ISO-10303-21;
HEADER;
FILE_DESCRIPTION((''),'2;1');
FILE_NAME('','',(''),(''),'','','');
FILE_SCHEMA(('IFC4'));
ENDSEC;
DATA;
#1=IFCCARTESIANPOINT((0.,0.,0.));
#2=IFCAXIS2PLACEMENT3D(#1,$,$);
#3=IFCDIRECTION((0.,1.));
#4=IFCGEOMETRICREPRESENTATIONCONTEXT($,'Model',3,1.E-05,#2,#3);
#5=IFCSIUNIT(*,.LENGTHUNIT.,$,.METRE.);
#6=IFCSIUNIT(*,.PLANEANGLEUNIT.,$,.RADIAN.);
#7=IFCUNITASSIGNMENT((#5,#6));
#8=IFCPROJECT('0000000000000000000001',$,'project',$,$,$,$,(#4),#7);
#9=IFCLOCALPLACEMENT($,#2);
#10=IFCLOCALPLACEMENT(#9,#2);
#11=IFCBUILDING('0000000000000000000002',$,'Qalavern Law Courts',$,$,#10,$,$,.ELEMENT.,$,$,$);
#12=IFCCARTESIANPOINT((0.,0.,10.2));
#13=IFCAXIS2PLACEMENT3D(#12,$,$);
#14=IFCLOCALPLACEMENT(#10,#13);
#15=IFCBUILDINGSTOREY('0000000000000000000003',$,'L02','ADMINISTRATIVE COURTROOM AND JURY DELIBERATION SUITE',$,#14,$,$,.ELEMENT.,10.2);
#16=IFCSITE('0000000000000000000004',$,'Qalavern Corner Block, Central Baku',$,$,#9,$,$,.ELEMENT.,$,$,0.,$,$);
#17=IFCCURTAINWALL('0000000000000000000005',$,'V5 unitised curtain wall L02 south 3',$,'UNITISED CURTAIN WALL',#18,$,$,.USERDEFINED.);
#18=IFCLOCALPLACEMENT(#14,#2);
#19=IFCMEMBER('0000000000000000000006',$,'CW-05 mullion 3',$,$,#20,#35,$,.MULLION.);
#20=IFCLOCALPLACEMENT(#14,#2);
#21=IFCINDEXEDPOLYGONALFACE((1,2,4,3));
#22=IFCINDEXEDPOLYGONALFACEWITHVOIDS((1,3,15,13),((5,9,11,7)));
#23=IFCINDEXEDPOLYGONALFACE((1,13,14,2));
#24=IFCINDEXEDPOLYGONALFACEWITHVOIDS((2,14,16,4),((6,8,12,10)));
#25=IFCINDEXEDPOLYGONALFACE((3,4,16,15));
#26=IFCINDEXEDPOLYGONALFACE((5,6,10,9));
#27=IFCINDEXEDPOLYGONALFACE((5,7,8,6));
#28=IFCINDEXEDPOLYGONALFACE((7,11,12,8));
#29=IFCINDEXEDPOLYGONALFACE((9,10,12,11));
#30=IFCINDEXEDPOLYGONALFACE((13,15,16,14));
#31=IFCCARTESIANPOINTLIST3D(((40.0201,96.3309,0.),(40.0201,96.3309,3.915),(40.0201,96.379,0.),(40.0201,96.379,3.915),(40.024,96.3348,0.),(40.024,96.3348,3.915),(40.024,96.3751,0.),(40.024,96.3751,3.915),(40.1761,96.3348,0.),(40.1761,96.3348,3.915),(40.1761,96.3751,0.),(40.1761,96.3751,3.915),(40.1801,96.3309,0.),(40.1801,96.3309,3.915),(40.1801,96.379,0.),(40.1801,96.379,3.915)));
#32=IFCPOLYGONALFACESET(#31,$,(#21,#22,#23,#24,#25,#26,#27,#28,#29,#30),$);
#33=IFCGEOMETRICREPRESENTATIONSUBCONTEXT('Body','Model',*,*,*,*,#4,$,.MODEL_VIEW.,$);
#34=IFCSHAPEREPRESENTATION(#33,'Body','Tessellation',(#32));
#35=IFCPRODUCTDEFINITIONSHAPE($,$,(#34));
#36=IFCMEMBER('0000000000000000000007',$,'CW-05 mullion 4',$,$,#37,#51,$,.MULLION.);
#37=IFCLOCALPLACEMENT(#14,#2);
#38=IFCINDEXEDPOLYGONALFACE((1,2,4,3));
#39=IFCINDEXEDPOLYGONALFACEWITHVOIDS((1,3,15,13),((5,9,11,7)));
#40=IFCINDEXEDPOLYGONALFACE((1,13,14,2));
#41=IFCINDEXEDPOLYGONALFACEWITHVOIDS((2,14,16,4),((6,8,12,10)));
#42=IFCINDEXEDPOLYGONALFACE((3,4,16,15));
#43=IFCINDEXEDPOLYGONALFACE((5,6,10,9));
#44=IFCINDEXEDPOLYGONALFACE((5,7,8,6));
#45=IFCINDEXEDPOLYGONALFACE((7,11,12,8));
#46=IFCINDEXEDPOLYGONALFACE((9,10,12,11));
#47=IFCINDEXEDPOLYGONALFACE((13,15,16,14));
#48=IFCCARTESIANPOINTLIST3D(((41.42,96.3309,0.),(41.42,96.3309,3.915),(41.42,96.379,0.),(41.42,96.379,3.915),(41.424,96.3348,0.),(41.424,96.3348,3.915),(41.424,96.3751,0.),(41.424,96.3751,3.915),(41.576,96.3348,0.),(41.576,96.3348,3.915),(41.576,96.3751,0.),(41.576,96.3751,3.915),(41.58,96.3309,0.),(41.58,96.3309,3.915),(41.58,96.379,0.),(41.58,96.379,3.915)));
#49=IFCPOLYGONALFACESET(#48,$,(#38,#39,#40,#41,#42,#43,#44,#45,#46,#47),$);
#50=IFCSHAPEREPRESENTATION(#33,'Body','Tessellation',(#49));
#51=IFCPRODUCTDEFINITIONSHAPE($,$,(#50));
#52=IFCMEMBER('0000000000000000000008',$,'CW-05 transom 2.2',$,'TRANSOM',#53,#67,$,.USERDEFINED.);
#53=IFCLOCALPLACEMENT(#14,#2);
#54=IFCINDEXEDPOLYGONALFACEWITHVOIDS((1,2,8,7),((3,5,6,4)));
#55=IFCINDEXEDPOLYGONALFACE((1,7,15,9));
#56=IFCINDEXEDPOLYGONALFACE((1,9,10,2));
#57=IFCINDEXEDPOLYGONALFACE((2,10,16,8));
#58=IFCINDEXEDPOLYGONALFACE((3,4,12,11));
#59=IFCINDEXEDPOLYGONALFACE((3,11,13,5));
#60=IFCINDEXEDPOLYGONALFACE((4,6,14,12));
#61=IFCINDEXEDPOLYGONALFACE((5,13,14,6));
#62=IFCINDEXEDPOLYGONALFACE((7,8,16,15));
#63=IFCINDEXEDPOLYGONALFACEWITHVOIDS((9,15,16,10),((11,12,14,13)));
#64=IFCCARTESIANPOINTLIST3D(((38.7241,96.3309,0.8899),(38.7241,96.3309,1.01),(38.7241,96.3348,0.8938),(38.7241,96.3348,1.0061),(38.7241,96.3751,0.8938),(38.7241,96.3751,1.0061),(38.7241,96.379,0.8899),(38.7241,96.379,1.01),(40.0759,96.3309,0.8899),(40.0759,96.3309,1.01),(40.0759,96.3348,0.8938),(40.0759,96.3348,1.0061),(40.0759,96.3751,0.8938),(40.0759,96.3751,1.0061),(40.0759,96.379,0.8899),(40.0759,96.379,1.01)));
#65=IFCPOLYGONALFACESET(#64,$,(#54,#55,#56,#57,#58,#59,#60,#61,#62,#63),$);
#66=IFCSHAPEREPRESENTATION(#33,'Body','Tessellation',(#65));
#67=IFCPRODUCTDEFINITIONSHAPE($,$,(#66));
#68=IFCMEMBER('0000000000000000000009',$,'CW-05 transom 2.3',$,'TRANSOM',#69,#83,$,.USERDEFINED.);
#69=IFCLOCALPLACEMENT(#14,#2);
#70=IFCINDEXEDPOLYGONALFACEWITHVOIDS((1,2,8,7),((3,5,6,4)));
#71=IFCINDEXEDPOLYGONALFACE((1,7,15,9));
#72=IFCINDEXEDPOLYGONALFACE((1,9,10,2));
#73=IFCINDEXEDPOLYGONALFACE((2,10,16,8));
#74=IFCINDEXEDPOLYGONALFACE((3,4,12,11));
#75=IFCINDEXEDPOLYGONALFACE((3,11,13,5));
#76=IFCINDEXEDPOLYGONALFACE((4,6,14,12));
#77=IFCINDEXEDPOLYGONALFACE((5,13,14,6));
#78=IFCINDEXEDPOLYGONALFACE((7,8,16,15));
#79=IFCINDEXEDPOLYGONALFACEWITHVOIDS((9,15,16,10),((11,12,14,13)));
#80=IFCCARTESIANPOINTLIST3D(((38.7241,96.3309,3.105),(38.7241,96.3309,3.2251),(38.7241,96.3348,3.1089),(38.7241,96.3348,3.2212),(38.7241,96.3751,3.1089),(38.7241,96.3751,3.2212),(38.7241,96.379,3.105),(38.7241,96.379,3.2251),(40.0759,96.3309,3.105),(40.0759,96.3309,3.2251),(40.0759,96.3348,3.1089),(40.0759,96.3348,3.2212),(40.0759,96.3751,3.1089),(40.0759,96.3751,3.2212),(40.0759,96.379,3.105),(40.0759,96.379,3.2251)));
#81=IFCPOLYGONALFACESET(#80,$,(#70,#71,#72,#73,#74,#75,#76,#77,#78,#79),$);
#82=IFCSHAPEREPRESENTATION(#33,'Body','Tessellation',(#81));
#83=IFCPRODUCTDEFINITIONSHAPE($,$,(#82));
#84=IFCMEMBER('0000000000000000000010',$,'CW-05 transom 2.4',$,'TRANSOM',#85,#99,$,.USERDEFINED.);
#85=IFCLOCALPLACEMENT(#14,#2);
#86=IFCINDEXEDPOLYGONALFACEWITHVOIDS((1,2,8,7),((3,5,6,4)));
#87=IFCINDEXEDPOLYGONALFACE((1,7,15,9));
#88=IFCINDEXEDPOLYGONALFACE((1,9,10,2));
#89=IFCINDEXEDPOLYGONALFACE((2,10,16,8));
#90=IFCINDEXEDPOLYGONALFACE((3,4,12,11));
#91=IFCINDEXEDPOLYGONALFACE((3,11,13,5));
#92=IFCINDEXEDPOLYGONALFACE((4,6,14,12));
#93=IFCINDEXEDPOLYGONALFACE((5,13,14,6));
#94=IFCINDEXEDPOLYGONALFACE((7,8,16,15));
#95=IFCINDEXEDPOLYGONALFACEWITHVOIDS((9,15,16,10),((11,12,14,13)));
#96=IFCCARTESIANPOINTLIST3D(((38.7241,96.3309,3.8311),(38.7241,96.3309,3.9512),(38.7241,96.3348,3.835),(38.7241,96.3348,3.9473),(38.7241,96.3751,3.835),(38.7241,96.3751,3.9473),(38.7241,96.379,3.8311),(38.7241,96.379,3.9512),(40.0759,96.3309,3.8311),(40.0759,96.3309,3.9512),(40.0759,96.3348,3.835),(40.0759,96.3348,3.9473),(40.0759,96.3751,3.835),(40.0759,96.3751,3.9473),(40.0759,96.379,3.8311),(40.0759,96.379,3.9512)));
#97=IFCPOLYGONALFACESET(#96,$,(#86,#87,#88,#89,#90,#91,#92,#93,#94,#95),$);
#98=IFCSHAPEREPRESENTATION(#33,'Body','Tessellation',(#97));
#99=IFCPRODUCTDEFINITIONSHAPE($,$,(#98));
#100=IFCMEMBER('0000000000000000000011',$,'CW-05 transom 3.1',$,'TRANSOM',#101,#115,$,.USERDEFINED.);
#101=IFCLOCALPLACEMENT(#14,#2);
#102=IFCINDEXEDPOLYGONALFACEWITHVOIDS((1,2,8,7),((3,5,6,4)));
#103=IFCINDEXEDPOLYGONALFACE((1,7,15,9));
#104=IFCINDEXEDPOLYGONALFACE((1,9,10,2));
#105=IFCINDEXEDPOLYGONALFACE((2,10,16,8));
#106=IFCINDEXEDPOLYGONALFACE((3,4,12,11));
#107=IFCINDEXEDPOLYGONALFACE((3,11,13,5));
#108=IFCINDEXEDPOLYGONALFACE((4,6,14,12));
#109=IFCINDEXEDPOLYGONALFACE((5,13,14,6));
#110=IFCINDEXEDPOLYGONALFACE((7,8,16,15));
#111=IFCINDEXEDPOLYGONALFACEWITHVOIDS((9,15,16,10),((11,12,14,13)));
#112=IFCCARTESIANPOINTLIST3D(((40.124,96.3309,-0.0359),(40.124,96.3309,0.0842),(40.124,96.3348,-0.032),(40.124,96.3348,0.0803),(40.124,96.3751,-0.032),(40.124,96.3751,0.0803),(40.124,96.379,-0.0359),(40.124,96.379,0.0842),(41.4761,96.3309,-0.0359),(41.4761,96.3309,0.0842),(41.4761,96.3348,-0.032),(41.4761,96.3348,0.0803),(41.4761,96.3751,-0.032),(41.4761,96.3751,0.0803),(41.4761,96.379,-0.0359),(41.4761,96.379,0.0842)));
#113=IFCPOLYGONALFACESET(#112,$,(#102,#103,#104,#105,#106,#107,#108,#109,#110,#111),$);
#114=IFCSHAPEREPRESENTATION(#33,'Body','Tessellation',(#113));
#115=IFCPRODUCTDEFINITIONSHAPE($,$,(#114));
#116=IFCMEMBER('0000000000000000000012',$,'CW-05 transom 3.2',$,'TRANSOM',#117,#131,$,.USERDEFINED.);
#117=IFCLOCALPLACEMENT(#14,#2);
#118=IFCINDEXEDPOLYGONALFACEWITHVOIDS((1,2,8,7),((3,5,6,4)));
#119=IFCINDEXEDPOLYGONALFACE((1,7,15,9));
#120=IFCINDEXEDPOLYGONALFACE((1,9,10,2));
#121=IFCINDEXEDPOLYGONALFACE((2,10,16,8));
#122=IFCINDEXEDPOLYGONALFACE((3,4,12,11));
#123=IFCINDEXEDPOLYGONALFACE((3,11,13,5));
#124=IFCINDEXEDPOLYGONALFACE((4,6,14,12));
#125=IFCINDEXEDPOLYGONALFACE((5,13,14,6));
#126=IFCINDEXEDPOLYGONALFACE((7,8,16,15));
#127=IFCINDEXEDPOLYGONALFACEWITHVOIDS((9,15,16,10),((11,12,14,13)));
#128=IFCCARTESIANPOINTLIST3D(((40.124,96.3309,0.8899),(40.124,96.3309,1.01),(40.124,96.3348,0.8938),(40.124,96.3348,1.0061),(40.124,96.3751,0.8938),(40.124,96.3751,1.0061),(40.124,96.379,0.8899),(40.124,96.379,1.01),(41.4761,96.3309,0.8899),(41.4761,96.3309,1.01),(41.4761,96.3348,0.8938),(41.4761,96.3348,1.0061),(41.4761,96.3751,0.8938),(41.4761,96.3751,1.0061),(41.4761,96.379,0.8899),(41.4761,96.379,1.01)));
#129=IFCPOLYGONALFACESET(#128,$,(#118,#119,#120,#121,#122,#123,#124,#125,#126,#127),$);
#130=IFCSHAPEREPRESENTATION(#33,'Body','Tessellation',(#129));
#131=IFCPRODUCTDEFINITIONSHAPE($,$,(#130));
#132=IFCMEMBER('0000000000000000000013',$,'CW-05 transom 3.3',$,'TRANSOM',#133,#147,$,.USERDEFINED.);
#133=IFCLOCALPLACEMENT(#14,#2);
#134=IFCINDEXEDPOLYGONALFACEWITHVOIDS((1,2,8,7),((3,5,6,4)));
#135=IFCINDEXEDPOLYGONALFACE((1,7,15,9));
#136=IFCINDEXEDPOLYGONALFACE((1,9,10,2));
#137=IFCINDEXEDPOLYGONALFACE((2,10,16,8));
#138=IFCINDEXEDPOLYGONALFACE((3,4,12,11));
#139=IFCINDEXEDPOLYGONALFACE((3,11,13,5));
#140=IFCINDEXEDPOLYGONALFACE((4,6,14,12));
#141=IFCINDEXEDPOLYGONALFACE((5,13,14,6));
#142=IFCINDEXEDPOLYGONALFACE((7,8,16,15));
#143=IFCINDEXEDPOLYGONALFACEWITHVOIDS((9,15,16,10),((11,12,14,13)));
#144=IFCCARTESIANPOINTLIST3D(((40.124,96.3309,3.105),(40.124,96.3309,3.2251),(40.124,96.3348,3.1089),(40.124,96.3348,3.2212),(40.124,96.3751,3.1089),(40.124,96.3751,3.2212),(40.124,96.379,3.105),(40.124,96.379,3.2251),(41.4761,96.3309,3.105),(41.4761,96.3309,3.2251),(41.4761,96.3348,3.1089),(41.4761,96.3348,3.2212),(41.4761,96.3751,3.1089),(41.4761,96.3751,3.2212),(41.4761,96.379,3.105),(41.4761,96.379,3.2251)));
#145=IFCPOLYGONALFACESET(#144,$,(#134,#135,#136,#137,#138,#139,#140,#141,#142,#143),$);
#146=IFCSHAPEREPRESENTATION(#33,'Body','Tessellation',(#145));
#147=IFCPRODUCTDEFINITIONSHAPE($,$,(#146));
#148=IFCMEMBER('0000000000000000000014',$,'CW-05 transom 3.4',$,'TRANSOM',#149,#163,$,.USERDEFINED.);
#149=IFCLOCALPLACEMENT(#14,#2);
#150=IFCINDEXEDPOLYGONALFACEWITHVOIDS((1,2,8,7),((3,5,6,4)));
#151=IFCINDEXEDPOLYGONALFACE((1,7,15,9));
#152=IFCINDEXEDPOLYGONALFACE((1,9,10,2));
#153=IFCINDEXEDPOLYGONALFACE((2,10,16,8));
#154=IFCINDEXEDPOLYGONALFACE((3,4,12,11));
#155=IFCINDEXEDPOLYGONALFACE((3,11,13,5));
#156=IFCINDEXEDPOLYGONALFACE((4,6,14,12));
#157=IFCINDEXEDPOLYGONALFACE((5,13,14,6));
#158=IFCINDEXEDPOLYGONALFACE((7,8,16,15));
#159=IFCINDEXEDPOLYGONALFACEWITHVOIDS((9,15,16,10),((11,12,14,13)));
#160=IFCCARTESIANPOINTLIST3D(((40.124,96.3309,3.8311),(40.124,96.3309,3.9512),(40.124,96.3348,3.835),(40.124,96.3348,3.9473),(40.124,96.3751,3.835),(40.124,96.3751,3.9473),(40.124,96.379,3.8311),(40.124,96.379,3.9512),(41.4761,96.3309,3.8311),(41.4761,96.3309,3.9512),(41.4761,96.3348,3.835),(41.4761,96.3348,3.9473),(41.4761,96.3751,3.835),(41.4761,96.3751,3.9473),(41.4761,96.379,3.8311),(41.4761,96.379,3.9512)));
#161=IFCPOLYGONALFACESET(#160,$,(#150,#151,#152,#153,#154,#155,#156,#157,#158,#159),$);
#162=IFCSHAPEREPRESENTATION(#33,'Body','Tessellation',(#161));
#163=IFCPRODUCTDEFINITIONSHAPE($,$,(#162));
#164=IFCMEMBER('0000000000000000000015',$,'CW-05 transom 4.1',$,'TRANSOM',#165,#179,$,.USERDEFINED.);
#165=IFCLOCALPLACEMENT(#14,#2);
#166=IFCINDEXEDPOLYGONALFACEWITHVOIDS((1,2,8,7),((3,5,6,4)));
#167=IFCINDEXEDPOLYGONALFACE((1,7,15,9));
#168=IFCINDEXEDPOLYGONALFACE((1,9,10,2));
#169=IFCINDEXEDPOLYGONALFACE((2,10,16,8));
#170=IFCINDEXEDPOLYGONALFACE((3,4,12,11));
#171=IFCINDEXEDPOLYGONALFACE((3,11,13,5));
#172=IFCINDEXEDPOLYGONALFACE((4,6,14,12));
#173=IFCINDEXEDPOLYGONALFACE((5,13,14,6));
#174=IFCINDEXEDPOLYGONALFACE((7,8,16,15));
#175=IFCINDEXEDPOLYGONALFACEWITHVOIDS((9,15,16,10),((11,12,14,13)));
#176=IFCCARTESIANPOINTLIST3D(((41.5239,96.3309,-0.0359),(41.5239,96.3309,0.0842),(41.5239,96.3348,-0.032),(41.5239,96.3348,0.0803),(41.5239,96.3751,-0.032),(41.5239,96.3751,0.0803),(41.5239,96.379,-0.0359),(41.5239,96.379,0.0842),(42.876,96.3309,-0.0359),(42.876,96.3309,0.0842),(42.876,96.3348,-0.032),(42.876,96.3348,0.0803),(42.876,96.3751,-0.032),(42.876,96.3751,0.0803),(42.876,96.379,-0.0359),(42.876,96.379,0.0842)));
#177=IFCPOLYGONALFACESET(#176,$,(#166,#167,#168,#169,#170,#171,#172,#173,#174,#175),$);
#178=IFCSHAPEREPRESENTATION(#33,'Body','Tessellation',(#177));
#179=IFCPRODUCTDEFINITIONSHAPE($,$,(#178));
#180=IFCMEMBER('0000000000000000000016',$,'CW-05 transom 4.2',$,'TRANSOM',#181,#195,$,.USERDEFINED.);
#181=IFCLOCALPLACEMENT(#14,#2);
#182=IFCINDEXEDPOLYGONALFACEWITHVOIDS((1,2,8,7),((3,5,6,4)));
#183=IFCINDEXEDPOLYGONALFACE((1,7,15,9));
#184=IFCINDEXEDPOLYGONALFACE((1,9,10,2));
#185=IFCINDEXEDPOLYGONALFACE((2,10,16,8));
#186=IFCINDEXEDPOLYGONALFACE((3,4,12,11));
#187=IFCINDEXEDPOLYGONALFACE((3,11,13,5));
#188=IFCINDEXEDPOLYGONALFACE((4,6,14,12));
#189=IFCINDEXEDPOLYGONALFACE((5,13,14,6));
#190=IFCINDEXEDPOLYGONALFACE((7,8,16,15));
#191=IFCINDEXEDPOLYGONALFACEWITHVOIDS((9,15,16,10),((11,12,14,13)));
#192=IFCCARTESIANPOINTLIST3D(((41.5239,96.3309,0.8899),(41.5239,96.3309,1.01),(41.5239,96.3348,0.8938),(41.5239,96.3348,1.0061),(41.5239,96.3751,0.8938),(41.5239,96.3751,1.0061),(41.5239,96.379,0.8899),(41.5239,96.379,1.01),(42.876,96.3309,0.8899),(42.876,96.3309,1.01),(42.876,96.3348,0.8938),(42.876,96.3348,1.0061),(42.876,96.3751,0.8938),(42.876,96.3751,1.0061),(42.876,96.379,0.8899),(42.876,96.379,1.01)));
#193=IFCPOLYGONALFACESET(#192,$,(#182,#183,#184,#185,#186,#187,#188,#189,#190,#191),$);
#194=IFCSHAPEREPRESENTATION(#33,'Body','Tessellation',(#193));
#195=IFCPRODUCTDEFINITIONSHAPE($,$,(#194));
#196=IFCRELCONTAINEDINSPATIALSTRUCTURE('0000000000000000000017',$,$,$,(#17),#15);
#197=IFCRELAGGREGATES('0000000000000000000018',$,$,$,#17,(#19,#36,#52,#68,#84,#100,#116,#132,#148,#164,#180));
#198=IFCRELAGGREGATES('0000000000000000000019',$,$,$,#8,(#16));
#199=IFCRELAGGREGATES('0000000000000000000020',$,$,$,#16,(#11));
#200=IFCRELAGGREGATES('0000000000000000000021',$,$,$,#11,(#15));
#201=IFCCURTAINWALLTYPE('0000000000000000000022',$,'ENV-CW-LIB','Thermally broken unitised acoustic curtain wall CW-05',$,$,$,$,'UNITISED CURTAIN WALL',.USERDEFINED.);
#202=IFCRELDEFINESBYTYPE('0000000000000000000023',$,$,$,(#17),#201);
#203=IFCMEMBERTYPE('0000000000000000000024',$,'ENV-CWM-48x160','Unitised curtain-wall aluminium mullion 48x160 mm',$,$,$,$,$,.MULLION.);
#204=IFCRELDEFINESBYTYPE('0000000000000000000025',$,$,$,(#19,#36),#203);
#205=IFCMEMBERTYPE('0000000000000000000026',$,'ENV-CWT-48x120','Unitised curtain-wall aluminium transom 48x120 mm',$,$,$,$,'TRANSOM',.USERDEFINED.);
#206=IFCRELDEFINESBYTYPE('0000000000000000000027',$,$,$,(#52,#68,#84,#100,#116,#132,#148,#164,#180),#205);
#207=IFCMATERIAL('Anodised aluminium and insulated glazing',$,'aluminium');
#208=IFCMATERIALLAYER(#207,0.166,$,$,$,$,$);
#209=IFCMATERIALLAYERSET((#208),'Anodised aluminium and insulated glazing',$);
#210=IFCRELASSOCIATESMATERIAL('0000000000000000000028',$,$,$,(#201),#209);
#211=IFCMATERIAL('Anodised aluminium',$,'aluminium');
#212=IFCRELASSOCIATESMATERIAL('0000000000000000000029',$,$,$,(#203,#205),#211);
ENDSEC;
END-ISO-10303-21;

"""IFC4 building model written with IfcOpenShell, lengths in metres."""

from ifc_helpers import new_model, si_unit, direction, frame, origin, origin_2d, place, context, subcontext, project, spatial, hollow_rectangle, extrude, material, layer, layer_set, material_profile, profile_set, type_object, element, aggregate, save


model = new_model("IFC4")

# Units and contexts
model_context = context("Model", 3, precision=1e-05, world=origin(), true_north=direction((0.0, 1.0)))
body_context = subcontext(model_context, "Body", "Model", "MODEL_VIEW")
ifc_project = project(units=[si_unit("LENGTHUNIT", "METRE"), si_unit("PLANEANGLEUNIT", "RADIAN")], contexts=[model_context])

# Site, building, storey
site_placement = place(None, origin())
site = spatial("IfcSite", under=ifc_project, at=site_placement, Name="Qalavern Corner Block, Central Baku", CompositionType="ELEMENT", RefElevation=0.0)
building_placement = place(site_placement, origin())
building = spatial("IfcBuilding", under=site, at=building_placement, Name="Qalavern Law Courts", CompositionType="ELEMENT")
storey_placement = place(building_placement, frame((0.0, 0.0, 10.2)))
storey = spatial("IfcBuildingStorey", under=building, at=storey_placement, Name="L02", Description="ADMINISTRATIVE COURTROOM AND JURY DELIBERATION SUITE", CompositionType="ELEMENT", Elevation=10.2)

# Curtain wall, members
ifc_material_1 = material(Name="Anodised aluminium and insulated glazing", Category="aluminium")
ifc_layer_1 = layer(ifc_material_1, 0.166)
ifc_layer_set_1 = layer_set([ifc_layer_1], Name="Anodised aluminium and insulated glazing")
curtain_wall_type = type_object("IfcCurtainWallType", Name="ENV-CW-LIB", Description="Thermally broken unitised acoustic curtain wall CW-05", ElementType="UNITISED CURTAIN WALL", PredefinedType="USERDEFINED", material=ifc_layer_set_1)
curtain_wall_placement = place(storey_placement, origin())
curtain_wall = element("IfcCurtainWall", 1, at=curtain_wall_placement, inside=storey, type_object=curtain_wall_type, Name="V5 unitised curtain wall L02 south 3", ObjectType="UNITISED CURTAIN WALL", PredefinedType="USERDEFINED")
ifc_material_2 = material(Name="Anodised aluminium", Category="aluminium")
ifc_material_profile_1 = material_profile(ifc_material_2, hollow_rectangle(XDim=0.0481, YDim=0.1599, WallThickness=0.0039, at=origin_2d()), Name="ALU MULLION 48x160")
ifc_profile_set_1 = profile_set([ifc_material_profile_1], Name="Anodised aluminium")
member_type_1 = type_object("IfcMemberType", Name="ENV-CWM-48x160", Description="Unitised curtain-wall aluminium mullion 48x160 mm", PredefinedType="MULLION", material=ifc_profile_set_1)
member_1_placement = place(storey_placement, frame((40.1001, 96.355, 0.0), z_axis=(0.0, 0.0, 1.0), x_axis=(0.0, 1.0, 0.0)))
member_1 = element("IfcMember", 2, at=member_1_placement, type_object=member_type_1, Name="CW-05 mullion 3", PredefinedType="MULLION", context=body_context, shape_type="SweptSolid", body=[
    extrude(hollow_rectangle(XDim=0.0481, YDim=0.1599, WallThickness=0.0039, at=origin_2d()), origin(), (0.0, 0.0, 1.0), 3.915),
])
member_2_placement = place(storey_placement, frame((41.5, 96.355, 0.0), z_axis=(0.0, 0.0, 1.0), x_axis=(0.0, 1.0, 0.0)))
member_2 = element("IfcMember", 3, at=member_2_placement, type_object=member_type_1, Name="CW-05 mullion 4", PredefinedType="MULLION", context=body_context, shape_type="SweptSolid", body=[
    extrude(hollow_rectangle(XDim=0.0481, YDim=0.1599, WallThickness=0.0039, at=origin_2d()), origin(), (0.0, 0.0, 1.0), 3.915),
])
ifc_material_profile_2 = material_profile(ifc_material_2, hollow_rectangle(XDim=0.0481, YDim=0.1201, WallThickness=0.0039, at=origin_2d()), Name="ALU TRANSOM 48x120")
ifc_profile_set_2 = profile_set([ifc_material_profile_2], Name="Anodised aluminium")
member_type_2 = type_object("IfcMemberType", Name="ENV-CWT-48x120", Description="Unitised curtain-wall aluminium transom 48x120 mm", ElementType="TRANSOM", PredefinedType="USERDEFINED", material=ifc_profile_set_2)
member_3_placement = place(storey_placement, frame((38.7241, 96.355, 0.95), z_axis=(1.0, 0.0, 0.0), x_axis=(0.0, 1.0, 0.0)))
member_3 = element("IfcMember", 4, at=member_3_placement, type_object=member_type_2, Name="CW-05 transom 2.2", ObjectType="TRANSOM", PredefinedType="USERDEFINED", context=body_context, shape_type="SweptSolid", body=[
    extrude(hollow_rectangle(XDim=0.0481, YDim=0.1201, WallThickness=0.0039, at=origin_2d()), origin(), (0.0, 0.0, 1.0), 1.3518),
])
member_4_placement = place(storey_placement, frame((38.7241, 96.355, 3.165), z_axis=(1.0, 0.0, 0.0), x_axis=(0.0, 1.0, 0.0)))
member_4 = element("IfcMember", 5, at=member_4_placement, type_object=member_type_2, Name="CW-05 transom 2.3", ObjectType="TRANSOM", PredefinedType="USERDEFINED", context=body_context, shape_type="SweptSolid", body=[
    extrude(hollow_rectangle(XDim=0.0481, YDim=0.1201, WallThickness=0.0039, at=origin_2d()), origin(), (0.0, 0.0, 1.0), 1.3518),
])
member_5_placement = place(storey_placement, frame((38.7241, 96.355, 3.8911), z_axis=(1.0, 0.0, 0.0), x_axis=(0.0, 1.0, 0.0)))
member_5 = element("IfcMember", 6, at=member_5_placement, type_object=member_type_2, Name="CW-05 transom 2.4", ObjectType="TRANSOM", PredefinedType="USERDEFINED", context=body_context, shape_type="SweptSolid", body=[
    extrude(hollow_rectangle(XDim=0.0481, YDim=0.1201, WallThickness=0.0039, at=origin_2d()), origin(), (0.0, 0.0, 1.0), 1.3518),
])
member_6_placement = place(storey_placement, frame((40.124, 96.355, 0.0242), z_axis=(1.0, 0.0, 0.0), x_axis=(0.0, 1.0, 0.0)))
member_6 = element("IfcMember", 7, at=member_6_placement, type_object=member_type_2, Name="CW-05 transom 3.1", ObjectType="TRANSOM", PredefinedType="USERDEFINED", context=body_context, shape_type="SweptSolid", body=[
    extrude(hollow_rectangle(XDim=0.0481, YDim=0.1201, WallThickness=0.0039, at=origin_2d()), origin(), (0.0, 0.0, 1.0), 1.3521),
])
member_7_placement = place(storey_placement, frame((40.124, 96.355, 0.95), z_axis=(1.0, 0.0, 0.0), x_axis=(0.0, 1.0, 0.0)))
member_7 = element("IfcMember", 8, at=member_7_placement, type_object=member_type_2, Name="CW-05 transom 3.2", ObjectType="TRANSOM", PredefinedType="USERDEFINED", context=body_context, shape_type="SweptSolid", body=[
    extrude(hollow_rectangle(XDim=0.0481, YDim=0.1201, WallThickness=0.0039, at=origin_2d()), origin(), (0.0, 0.0, 1.0), 1.3521),
])
member_8_placement = place(storey_placement, frame((40.124, 96.355, 3.165), z_axis=(1.0, 0.0, 0.0), x_axis=(0.0, 1.0, 0.0)))
member_8 = element("IfcMember", 9, at=member_8_placement, type_object=member_type_2, Name="CW-05 transom 3.3", ObjectType="TRANSOM", PredefinedType="USERDEFINED", context=body_context, shape_type="SweptSolid", body=[
    extrude(hollow_rectangle(XDim=0.0481, YDim=0.1201, WallThickness=0.0039, at=origin_2d()), origin(), (0.0, 0.0, 1.0), 1.3521),
])
member_9_placement = place(storey_placement, frame((40.124, 96.355, 3.8911), z_axis=(1.0, 0.0, 0.0), x_axis=(0.0, 1.0, 0.0)))
member_9 = element("IfcMember", 10, at=member_9_placement, type_object=member_type_2, Name="CW-05 transom 3.4", ObjectType="TRANSOM", PredefinedType="USERDEFINED", context=body_context, shape_type="SweptSolid", body=[
    extrude(hollow_rectangle(XDim=0.0481, YDim=0.1201, WallThickness=0.0039, at=origin_2d()), origin(), (0.0, 0.0, 1.0), 1.3521),
])
member_10_placement = place(storey_placement, frame((41.5239, 96.355, 0.0242), z_axis=(1.0, 0.0, 0.0), x_axis=(0.0, 1.0, 0.0)))
member_10 = element("IfcMember", 11, at=member_10_placement, type_object=member_type_2, Name="CW-05 transom 4.1", ObjectType="TRANSOM", PredefinedType="USERDEFINED", context=body_context, shape_type="SweptSolid", body=[
    extrude(hollow_rectangle(XDim=0.0481, YDim=0.1201, WallThickness=0.0039, at=origin_2d()), origin(), (0.0, 0.0, 1.0), 1.3521),
])
member_11_placement = place(storey_placement, frame((41.5239, 96.355, 0.95), z_axis=(1.0, 0.0, 0.0), x_axis=(0.0, 1.0, 0.0)))
member_11 = element("IfcMember", 12, at=member_11_placement, type_object=member_type_2, Name="CW-05 transom 4.2", ObjectType="TRANSOM", PredefinedType="USERDEFINED", context=body_context, shape_type="SweptSolid", body=[
    extrude(hollow_rectangle(XDim=0.0481, YDim=0.1201, WallThickness=0.0039, at=origin_2d()), origin(), (0.0, 0.0, 1.0), 1.3521),
])
aggregate(curtain_wall, [member_1, member_2, member_3, member_4, member_5, member_6, member_7, member_8, member_9, member_10, member_11])

save(model, "model.ifc")
